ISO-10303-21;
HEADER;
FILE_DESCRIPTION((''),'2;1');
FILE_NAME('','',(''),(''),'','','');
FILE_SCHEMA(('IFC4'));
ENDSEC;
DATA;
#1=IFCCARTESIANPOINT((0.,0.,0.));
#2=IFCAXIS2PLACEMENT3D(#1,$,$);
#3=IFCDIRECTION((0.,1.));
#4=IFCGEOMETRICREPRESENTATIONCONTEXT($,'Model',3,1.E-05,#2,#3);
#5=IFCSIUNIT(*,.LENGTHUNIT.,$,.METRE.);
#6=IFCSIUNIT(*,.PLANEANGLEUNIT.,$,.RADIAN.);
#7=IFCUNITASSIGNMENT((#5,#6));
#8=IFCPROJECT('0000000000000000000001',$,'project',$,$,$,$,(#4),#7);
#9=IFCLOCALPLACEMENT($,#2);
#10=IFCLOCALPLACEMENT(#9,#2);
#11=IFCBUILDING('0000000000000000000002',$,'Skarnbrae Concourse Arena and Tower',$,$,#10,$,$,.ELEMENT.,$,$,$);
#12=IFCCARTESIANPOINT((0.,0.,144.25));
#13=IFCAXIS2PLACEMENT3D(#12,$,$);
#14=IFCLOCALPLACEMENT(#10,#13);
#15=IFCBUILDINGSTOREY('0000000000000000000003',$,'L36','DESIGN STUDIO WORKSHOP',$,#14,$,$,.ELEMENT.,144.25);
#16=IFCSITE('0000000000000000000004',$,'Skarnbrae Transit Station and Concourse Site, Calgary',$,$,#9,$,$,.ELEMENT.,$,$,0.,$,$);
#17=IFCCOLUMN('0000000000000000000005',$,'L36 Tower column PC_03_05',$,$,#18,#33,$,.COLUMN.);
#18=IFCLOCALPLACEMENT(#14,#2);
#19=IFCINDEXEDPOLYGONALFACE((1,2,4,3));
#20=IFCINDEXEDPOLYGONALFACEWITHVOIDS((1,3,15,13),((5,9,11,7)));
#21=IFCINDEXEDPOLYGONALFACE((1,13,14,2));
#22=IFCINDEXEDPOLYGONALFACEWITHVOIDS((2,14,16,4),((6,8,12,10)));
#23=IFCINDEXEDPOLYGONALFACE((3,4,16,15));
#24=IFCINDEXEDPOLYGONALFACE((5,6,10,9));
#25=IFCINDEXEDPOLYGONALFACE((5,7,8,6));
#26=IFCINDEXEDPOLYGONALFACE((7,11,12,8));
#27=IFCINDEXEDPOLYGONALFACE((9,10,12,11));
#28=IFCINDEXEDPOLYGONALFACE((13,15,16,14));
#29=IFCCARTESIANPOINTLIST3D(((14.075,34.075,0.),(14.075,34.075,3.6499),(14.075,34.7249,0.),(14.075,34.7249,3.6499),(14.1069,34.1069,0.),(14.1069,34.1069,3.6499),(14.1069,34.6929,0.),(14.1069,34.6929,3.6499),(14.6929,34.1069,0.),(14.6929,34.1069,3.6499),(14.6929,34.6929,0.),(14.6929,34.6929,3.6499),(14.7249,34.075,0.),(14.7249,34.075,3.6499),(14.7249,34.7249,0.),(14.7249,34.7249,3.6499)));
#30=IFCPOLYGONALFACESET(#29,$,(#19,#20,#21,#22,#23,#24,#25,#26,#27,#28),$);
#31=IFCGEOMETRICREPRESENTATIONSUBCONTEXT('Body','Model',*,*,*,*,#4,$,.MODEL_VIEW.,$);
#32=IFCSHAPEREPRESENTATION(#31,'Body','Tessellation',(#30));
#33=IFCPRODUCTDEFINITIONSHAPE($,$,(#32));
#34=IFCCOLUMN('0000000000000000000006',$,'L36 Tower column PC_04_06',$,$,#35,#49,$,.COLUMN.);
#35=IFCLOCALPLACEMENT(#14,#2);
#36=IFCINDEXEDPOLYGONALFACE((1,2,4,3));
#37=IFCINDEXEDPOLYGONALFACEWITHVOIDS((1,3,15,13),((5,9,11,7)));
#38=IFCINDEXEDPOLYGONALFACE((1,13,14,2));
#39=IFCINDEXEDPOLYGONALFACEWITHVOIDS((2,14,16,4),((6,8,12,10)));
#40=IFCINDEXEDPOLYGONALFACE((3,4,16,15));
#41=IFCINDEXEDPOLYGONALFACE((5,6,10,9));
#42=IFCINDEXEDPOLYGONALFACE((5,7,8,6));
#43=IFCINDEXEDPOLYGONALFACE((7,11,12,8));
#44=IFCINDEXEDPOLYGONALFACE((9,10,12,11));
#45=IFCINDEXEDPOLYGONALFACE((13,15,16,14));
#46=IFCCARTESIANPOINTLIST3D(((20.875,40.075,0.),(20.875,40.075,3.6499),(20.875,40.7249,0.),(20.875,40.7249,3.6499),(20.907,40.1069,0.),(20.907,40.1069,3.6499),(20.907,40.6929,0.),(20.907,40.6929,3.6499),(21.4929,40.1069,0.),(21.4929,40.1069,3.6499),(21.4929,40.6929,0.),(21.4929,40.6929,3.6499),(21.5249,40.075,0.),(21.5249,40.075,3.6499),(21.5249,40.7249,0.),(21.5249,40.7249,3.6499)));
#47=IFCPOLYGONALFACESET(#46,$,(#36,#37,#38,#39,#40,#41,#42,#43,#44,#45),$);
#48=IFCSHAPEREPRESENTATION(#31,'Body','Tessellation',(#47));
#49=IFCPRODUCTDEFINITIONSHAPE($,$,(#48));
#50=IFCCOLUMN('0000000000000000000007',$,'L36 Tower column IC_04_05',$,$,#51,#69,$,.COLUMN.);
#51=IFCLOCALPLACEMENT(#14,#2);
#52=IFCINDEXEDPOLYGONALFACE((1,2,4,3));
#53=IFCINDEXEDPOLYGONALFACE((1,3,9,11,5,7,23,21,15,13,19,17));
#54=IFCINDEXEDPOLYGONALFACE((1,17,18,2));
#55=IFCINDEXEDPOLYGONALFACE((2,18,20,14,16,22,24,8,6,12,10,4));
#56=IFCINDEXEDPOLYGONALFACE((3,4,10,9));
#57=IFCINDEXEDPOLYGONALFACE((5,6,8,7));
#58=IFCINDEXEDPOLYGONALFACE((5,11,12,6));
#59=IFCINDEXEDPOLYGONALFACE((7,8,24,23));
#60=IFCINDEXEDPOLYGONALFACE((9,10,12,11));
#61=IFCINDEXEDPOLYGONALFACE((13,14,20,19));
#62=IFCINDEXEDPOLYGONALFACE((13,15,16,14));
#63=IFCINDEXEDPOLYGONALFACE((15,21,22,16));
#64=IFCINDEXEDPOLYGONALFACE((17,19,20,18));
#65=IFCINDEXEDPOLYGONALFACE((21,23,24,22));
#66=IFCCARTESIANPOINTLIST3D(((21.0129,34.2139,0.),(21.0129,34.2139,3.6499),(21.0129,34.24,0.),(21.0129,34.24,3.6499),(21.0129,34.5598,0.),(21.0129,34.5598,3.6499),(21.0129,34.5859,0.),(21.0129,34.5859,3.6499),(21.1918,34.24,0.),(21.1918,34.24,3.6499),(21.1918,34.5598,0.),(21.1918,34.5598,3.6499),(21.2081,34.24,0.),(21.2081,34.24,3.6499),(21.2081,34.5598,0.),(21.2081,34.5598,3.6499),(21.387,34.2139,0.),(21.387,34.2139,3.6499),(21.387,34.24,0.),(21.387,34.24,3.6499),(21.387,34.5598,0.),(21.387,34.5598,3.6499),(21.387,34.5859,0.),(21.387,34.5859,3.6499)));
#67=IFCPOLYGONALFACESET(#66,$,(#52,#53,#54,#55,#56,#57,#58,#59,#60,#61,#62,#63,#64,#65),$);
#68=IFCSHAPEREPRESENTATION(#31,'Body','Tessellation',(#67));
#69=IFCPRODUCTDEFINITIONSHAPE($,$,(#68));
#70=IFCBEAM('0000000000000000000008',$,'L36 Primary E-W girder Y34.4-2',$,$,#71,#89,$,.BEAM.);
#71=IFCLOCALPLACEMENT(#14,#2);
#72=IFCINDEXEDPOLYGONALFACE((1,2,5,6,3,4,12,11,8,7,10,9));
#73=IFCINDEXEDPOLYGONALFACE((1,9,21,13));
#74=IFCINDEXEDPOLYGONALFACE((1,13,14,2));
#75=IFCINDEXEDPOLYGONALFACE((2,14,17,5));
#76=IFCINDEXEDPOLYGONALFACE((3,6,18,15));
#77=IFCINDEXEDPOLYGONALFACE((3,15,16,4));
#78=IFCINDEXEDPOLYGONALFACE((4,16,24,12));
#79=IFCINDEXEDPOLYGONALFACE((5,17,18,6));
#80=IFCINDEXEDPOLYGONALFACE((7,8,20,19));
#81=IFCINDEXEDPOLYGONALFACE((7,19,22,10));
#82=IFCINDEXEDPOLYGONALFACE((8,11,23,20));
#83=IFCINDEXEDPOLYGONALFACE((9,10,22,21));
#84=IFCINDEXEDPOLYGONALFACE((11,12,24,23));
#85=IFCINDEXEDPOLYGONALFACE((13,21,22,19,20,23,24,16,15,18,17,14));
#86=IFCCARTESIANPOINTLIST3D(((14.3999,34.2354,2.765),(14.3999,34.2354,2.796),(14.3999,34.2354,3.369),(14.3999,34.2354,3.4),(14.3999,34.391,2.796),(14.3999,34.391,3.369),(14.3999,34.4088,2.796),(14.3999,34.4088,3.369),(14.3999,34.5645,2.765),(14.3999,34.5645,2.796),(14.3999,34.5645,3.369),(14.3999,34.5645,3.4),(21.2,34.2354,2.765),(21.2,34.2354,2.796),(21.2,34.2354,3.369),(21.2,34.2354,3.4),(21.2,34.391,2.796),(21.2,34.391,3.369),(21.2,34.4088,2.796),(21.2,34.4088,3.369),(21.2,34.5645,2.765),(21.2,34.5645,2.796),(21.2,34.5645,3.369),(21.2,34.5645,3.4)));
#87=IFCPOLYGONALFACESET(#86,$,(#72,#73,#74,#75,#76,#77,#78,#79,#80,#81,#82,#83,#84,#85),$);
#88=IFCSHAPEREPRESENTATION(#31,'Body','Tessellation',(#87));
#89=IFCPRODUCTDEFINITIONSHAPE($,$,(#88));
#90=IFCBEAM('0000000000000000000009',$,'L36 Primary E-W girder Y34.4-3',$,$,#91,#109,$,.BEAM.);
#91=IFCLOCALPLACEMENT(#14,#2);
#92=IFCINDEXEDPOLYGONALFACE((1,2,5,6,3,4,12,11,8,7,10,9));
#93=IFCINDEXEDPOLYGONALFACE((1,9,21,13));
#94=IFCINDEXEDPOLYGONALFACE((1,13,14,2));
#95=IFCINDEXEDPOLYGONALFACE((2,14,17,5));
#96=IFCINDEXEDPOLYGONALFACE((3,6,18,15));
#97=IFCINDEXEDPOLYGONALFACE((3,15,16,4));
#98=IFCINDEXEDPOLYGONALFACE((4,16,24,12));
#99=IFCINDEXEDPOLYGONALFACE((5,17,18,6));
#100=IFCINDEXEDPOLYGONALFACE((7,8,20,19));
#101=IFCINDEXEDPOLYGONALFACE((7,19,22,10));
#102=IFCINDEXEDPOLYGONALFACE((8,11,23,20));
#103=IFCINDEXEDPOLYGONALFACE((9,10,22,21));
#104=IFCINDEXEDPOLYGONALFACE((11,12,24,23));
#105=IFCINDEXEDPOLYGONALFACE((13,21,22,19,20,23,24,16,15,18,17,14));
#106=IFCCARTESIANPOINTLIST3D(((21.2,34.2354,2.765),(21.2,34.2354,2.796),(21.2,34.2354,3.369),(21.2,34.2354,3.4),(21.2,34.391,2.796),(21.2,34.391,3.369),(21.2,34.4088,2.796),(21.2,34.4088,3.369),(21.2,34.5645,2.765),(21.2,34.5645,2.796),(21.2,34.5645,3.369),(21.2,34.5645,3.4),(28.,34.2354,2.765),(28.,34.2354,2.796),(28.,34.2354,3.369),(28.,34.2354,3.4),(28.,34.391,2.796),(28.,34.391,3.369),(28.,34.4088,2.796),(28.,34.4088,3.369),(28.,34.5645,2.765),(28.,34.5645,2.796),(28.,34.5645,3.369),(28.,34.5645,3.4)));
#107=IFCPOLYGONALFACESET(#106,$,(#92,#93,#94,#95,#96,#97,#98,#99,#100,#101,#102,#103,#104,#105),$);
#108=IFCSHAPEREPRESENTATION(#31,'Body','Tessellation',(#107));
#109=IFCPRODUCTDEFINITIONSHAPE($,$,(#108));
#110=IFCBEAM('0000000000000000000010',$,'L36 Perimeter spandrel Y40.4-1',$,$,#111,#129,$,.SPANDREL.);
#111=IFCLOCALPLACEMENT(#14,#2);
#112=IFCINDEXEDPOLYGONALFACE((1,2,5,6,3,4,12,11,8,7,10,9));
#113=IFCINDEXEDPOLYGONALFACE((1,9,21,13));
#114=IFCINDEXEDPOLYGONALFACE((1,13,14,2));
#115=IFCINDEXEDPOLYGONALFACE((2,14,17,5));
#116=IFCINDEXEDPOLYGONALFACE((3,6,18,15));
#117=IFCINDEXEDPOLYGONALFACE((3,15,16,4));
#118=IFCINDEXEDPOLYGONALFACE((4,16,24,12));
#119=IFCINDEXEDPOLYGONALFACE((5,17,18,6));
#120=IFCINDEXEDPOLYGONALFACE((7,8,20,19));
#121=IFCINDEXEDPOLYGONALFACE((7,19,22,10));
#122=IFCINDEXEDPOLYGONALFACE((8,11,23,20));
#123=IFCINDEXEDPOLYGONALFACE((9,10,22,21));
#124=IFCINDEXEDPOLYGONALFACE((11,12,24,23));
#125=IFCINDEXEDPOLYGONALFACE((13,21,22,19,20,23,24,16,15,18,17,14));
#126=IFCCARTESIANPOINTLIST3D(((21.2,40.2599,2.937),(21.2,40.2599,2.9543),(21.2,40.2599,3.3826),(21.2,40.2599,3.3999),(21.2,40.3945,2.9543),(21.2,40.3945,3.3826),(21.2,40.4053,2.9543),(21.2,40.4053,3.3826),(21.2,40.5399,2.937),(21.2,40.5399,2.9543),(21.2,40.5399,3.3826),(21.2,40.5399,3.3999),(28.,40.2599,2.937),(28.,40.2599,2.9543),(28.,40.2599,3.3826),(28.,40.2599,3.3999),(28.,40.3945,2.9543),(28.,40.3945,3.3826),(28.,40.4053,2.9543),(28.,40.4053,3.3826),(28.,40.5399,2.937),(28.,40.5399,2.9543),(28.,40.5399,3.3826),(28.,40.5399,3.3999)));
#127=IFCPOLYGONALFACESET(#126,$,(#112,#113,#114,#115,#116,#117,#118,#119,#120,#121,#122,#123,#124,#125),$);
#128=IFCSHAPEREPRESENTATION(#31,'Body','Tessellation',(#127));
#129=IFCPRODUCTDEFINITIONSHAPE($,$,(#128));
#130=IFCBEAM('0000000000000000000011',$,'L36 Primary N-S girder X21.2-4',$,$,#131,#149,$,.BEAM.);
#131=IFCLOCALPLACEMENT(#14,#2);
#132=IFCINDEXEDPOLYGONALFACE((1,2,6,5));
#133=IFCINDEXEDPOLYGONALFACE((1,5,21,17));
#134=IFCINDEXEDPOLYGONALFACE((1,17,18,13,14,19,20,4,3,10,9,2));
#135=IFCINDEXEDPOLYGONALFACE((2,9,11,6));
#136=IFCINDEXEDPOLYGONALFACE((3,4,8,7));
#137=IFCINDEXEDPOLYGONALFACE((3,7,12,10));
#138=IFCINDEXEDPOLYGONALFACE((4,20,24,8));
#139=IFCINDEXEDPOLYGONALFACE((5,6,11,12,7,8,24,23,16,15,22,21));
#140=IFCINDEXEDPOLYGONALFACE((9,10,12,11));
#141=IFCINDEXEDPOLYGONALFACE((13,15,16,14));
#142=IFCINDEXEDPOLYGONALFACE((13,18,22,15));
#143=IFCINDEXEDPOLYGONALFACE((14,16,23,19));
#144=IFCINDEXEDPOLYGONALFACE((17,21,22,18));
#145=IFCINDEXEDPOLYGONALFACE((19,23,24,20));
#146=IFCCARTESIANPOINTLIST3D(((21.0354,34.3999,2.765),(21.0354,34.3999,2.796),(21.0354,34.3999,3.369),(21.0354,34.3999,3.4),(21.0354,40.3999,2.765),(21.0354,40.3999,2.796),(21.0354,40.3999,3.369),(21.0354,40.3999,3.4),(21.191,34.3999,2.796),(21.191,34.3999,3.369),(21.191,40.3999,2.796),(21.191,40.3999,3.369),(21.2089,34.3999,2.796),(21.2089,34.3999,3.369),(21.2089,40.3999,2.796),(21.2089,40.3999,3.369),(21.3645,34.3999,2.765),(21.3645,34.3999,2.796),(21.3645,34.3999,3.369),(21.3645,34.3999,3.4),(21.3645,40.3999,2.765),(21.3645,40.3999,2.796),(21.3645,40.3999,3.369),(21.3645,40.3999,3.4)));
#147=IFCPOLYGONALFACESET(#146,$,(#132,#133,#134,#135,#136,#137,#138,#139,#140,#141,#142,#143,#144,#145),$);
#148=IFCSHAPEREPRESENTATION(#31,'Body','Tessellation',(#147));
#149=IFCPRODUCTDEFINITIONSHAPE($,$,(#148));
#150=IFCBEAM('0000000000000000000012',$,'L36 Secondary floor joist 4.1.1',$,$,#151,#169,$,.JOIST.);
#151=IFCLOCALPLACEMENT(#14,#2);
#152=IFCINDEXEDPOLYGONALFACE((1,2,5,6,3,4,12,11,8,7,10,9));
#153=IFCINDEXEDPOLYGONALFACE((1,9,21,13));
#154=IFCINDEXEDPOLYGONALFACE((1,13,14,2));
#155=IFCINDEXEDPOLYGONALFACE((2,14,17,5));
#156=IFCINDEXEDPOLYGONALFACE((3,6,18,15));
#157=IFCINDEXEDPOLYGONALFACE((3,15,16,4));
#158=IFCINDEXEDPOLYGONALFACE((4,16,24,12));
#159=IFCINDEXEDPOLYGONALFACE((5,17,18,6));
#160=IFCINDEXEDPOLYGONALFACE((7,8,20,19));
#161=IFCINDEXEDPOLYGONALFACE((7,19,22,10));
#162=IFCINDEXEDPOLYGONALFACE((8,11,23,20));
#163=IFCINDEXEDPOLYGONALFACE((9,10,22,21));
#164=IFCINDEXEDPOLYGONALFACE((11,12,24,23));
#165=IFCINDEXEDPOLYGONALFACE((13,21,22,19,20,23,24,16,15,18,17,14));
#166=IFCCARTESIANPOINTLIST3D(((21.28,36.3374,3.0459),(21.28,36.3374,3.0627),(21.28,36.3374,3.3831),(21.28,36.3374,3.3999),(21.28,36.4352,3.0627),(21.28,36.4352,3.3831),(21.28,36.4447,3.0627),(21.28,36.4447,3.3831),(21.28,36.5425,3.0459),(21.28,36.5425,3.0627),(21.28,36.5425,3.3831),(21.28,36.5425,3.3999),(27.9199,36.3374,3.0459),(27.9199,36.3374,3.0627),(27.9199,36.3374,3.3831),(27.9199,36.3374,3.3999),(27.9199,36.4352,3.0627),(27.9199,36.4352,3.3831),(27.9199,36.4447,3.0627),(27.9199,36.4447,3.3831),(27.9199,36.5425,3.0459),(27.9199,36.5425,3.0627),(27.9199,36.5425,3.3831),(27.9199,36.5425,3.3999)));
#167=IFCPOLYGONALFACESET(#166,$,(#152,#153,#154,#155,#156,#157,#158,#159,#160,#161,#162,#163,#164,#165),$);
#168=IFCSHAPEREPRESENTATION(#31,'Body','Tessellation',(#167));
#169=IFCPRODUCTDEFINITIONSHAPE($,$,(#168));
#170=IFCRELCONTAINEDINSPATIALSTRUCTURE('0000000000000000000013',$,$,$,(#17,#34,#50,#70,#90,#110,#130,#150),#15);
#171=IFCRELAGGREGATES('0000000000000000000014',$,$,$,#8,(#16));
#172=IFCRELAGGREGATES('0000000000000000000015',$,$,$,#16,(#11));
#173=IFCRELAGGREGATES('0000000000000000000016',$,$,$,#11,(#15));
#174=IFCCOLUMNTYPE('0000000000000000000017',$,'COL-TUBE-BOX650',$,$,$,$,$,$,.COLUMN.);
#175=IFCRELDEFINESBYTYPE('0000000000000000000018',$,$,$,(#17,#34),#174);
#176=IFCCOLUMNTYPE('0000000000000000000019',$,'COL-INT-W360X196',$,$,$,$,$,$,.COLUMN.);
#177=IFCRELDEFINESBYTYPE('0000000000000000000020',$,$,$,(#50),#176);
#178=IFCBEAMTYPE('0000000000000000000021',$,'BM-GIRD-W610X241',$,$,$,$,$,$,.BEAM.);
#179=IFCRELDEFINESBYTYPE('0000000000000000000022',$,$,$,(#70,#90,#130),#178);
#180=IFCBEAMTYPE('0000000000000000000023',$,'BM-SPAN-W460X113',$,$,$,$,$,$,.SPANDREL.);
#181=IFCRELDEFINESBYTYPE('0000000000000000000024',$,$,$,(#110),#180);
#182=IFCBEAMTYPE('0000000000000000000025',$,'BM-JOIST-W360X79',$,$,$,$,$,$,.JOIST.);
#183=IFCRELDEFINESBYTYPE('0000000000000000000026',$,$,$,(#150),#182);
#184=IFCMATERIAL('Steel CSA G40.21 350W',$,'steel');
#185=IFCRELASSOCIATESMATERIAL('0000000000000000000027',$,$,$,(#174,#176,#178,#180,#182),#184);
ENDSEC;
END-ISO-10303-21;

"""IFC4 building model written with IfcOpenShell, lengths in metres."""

from ifc_helpers import new_model, si_unit, direction, frame, origin, origin_2d, place, context, subcontext, project, spatial, hollow_rectangle, i_section, extrude, source, transform, mapped, material, material_profile, profile_set, type_object, element, save


model = new_model("IFC4")

# Units and contexts
model_context = context("Model", 3, precision=1e-05, world=origin(), true_north=direction((0.0, 1.0)))
body_context = subcontext(model_context, "Body", "Model", "MODEL_VIEW")
ifc_project = project(units=[si_unit("LENGTHUNIT", "METRE"), si_unit("PLANEANGLEUNIT", "RADIAN")], contexts=[model_context])

# Site, building, storey
site_placement = place(None, origin())
site = spatial("IfcSite", under=ifc_project, at=site_placement, Name="Skarnbrae Transit Station and Concourse Site, Calgary", CompositionType="ELEMENT", RefElevation=0.0)
building_placement = place(site_placement, origin())
building = spatial("IfcBuilding", under=site, at=building_placement, Name="Skarnbrae Concourse Arena and Tower", CompositionType="ELEMENT")
storey_placement = place(building_placement, frame((0.0, 0.0, 144.25)))
storey = spatial("IfcBuildingStorey", under=building, at=storey_placement, Name="L36", Description="DESIGN STUDIO WORKSHOP", CompositionType="ELEMENT", Elevation=144.25)

# Columns
ifc_material_1 = material(Name="Steel CSA G40.21 350W", Category="steel")
ifc_material_profile_1 = material_profile(ifc_material_1, hollow_rectangle(XDim=0.6499, YDim=0.6499, WallThickness=0.032, at=origin_2d()), Name="BOX650X650X32")
ifc_profile_set_1 = profile_set([ifc_material_profile_1], Name="Steel CSA G40.21 350W")
column_type_1 = type_object("IfcColumnType", Name="COL-TUBE-BOX650", PredefinedType="COLUMN", material=ifc_profile_set_1)
shared_shape_1 = source(origin(), body_context, "Body", "SweptSolid", [
    extrude(hollow_rectangle(XDim=0.6499, YDim=0.6499, WallThickness=0.032, at=origin_2d()), origin(), (0.0, 0.0, 1.0), 3.6499),
])
for number, where, z_axis, x_axis, name in (
    (1, (14.3999, 34.3999, 0.0), (0.0, 0.0, 1.0), (1.0, 0.0, 0.0), "L36 Tower column PC_03_05"),
    (2, (21.2, 40.3999, 0.0), (0.0, 0.0, 1.0), (1.0, 0.0, 0.0), "L36 Tower column PC_04_06"),
):
    element("IfcColumn", number, at=place(storey_placement, frame(where, z_axis=z_axis, x_axis=x_axis)), inside=storey, type_object=column_type_1, Name=name, PredefinedType="COLUMN", context=body_context, shape_type="MappedRepresentation", body=[
        mapped(shared_shape_1, transform((0.0, 0.0, 0.0))),
    ])
ifc_material_profile_2 = material_profile(ifc_material_1, i_section(OverallWidth=0.374, OverallDepth=0.3721, WebThickness=0.0164, FlangeThickness=0.0261, at=origin_2d()), Name="W360X196")
ifc_profile_set_2 = profile_set([ifc_material_profile_2], Name="Steel CSA G40.21 350W")
column_type_2 = type_object("IfcColumnType", Name="COL-INT-W360X196", PredefinedType="COLUMN", material=ifc_profile_set_2)
shared_shape_2 = source(origin(), body_context, "Body", "SweptSolid", [
    extrude(i_section(OverallWidth=0.374, OverallDepth=0.3721, WebThickness=0.0164, FlangeThickness=0.0261, at=origin_2d()), origin(), (0.0, 0.0, 1.0), 3.6499),
])
column_placement = place(storey_placement, frame((21.2, 34.3999, 0.0), z_axis=(0.0, 0.0, 1.0), x_axis=(1.0, 0.0, 0.0)))
element("IfcColumn", 3, at=column_placement, inside=storey, type_object=column_type_2, Name="L36 Tower column IC_04_05", PredefinedType="COLUMN", context=body_context, shape_type="MappedRepresentation", body=[
    mapped(shared_shape_2, transform((0.0, 0.0, 0.0))),
])

# Beams
ifc_material_profile_3 = material_profile(ifc_material_1, i_section(OverallWidth=0.3291, OverallDepth=0.635, WebThickness=0.0178, FlangeThickness=0.031, at=origin_2d()), Name="W610X241")
ifc_profile_set_3 = profile_set([ifc_material_profile_3], Name="Steel CSA G40.21 350W")
beam_type_1 = type_object("IfcBeamType", Name="BM-GIRD-W610X241", PredefinedType="BEAM", material=ifc_profile_set_3)
shared_shape_3 = source(origin(), body_context, "Body", "SweptSolid", [
    extrude(i_section(OverallWidth=0.3291, OverallDepth=0.635, WebThickness=0.0178, FlangeThickness=0.031, at=origin_2d()), origin(), (0.0, 0.0, 1.0), 6.8),
])
for number, where, z_axis, x_axis, name in (
    (4, (14.3999, 34.3999, 3.0825), (1.0, 0.0, 0.0), (0.0, 1.0, 0.0), "L36 Primary E-W girder Y34.4-2"),
    (5, (21.2, 34.3999, 3.0825), (1.0, 0.0, 0.0), (0.0, 1.0, 0.0), "L36 Primary E-W girder Y34.4-3"),
):
    element("IfcBeam", number, at=place(storey_placement, frame(where, z_axis=z_axis, x_axis=x_axis)), inside=storey, type_object=beam_type_1, Name=name, PredefinedType="BEAM", context=body_context, shape_type="MappedRepresentation", body=[
        mapped(shared_shape_3, transform((0.0, 0.0, 0.0))),
    ])
ifc_material_profile_4 = material_profile(ifc_material_1, i_section(OverallWidth=0.28, OverallDepth=0.4629, WebThickness=0.0107, FlangeThickness=0.0173, at=origin_2d()), Name="W460X113")
ifc_profile_set_4 = profile_set([ifc_material_profile_4], Name="Steel CSA G40.21 350W")
beam_type_2 = type_object("IfcBeamType", Name="BM-SPAN-W460X113", PredefinedType="SPANDREL", material=ifc_profile_set_4)
shared_shape_4 = source(origin(), body_context, "Body", "SweptSolid", [
    extrude(i_section(OverallWidth=0.28, OverallDepth=0.4629, WebThickness=0.0107, FlangeThickness=0.0173, at=origin_2d()), origin(), (0.0, 0.0, 1.0), 6.8),
])
beam_1_placement = place(storey_placement, frame((21.2, 40.3999, 3.1685), z_axis=(1.0, 0.0, 0.0), x_axis=(0.0, 1.0, 0.0)))
element("IfcBeam", 6, at=beam_1_placement, inside=storey, type_object=beam_type_2, Name="L36 Perimeter spandrel Y40.4-1", PredefinedType="SPANDREL", context=body_context, shape_type="MappedRepresentation", body=[
    mapped(shared_shape_4, transform((0.0, 0.0, 0.0))),
])
shared_shape_5 = source(origin(), body_context, "Body", "SweptSolid", [
    extrude(i_section(OverallWidth=0.3291, OverallDepth=0.635, WebThickness=0.0178, FlangeThickness=0.031, at=origin_2d()), origin(), (0.0, 0.0, 1.0), 6.0),
])
beam_2_placement = place(storey_placement, frame((21.2, 34.3999, 3.0825), z_axis=(0.0, 1.0, 0.0), x_axis=(-1.0, 0.0, 0.0)))
element("IfcBeam", 7, at=beam_2_placement, inside=storey, type_object=beam_type_1, Name="L36 Primary N-S girder X21.2-4", PredefinedType="BEAM", context=body_context, shape_type="MappedRepresentation", body=[
    mapped(shared_shape_5, transform((0.0, 0.0, 0.0))),
])
ifc_material_profile_5 = material_profile(ifc_material_1, i_section(OverallWidth=0.2051, OverallDepth=0.354, WebThickness=0.0095, FlangeThickness=0.0168, at=origin_2d()), Name="W360X79")
ifc_profile_set_5 = profile_set([ifc_material_profile_5], Name="Steel CSA G40.21 350W")
beam_type_3 = type_object("IfcBeamType", Name="BM-JOIST-W360X79", PredefinedType="JOIST", material=ifc_profile_set_5)
shared_shape_6 = source(origin(), body_context, "Body", "SweptSolid", [
    extrude(i_section(OverallWidth=0.2051, OverallDepth=0.354, WebThickness=0.0095, FlangeThickness=0.0168, at=origin_2d()), origin(), (0.0, 0.0, 1.0), 6.6399),
])
for number, where, z_axis, x_axis, name in (
    (8, (21.28, 36.4399, 3.2229), (1.0, 0.0, 0.0), (0.0, 1.0, 0.0), "L36 Secondary floor joist 4.1.1"),
):
    element("IfcBeam", number, at=place(storey_placement, frame(where, z_axis=z_axis, x_axis=x_axis)), inside=storey, type_object=beam_type_3, Name=name, PredefinedType="JOIST", context=body_context, shape_type="MappedRepresentation", body=[
        mapped(shared_shape_6, transform((0.0, 0.0, 0.0))),
    ])

save(model, "model.ifc")
